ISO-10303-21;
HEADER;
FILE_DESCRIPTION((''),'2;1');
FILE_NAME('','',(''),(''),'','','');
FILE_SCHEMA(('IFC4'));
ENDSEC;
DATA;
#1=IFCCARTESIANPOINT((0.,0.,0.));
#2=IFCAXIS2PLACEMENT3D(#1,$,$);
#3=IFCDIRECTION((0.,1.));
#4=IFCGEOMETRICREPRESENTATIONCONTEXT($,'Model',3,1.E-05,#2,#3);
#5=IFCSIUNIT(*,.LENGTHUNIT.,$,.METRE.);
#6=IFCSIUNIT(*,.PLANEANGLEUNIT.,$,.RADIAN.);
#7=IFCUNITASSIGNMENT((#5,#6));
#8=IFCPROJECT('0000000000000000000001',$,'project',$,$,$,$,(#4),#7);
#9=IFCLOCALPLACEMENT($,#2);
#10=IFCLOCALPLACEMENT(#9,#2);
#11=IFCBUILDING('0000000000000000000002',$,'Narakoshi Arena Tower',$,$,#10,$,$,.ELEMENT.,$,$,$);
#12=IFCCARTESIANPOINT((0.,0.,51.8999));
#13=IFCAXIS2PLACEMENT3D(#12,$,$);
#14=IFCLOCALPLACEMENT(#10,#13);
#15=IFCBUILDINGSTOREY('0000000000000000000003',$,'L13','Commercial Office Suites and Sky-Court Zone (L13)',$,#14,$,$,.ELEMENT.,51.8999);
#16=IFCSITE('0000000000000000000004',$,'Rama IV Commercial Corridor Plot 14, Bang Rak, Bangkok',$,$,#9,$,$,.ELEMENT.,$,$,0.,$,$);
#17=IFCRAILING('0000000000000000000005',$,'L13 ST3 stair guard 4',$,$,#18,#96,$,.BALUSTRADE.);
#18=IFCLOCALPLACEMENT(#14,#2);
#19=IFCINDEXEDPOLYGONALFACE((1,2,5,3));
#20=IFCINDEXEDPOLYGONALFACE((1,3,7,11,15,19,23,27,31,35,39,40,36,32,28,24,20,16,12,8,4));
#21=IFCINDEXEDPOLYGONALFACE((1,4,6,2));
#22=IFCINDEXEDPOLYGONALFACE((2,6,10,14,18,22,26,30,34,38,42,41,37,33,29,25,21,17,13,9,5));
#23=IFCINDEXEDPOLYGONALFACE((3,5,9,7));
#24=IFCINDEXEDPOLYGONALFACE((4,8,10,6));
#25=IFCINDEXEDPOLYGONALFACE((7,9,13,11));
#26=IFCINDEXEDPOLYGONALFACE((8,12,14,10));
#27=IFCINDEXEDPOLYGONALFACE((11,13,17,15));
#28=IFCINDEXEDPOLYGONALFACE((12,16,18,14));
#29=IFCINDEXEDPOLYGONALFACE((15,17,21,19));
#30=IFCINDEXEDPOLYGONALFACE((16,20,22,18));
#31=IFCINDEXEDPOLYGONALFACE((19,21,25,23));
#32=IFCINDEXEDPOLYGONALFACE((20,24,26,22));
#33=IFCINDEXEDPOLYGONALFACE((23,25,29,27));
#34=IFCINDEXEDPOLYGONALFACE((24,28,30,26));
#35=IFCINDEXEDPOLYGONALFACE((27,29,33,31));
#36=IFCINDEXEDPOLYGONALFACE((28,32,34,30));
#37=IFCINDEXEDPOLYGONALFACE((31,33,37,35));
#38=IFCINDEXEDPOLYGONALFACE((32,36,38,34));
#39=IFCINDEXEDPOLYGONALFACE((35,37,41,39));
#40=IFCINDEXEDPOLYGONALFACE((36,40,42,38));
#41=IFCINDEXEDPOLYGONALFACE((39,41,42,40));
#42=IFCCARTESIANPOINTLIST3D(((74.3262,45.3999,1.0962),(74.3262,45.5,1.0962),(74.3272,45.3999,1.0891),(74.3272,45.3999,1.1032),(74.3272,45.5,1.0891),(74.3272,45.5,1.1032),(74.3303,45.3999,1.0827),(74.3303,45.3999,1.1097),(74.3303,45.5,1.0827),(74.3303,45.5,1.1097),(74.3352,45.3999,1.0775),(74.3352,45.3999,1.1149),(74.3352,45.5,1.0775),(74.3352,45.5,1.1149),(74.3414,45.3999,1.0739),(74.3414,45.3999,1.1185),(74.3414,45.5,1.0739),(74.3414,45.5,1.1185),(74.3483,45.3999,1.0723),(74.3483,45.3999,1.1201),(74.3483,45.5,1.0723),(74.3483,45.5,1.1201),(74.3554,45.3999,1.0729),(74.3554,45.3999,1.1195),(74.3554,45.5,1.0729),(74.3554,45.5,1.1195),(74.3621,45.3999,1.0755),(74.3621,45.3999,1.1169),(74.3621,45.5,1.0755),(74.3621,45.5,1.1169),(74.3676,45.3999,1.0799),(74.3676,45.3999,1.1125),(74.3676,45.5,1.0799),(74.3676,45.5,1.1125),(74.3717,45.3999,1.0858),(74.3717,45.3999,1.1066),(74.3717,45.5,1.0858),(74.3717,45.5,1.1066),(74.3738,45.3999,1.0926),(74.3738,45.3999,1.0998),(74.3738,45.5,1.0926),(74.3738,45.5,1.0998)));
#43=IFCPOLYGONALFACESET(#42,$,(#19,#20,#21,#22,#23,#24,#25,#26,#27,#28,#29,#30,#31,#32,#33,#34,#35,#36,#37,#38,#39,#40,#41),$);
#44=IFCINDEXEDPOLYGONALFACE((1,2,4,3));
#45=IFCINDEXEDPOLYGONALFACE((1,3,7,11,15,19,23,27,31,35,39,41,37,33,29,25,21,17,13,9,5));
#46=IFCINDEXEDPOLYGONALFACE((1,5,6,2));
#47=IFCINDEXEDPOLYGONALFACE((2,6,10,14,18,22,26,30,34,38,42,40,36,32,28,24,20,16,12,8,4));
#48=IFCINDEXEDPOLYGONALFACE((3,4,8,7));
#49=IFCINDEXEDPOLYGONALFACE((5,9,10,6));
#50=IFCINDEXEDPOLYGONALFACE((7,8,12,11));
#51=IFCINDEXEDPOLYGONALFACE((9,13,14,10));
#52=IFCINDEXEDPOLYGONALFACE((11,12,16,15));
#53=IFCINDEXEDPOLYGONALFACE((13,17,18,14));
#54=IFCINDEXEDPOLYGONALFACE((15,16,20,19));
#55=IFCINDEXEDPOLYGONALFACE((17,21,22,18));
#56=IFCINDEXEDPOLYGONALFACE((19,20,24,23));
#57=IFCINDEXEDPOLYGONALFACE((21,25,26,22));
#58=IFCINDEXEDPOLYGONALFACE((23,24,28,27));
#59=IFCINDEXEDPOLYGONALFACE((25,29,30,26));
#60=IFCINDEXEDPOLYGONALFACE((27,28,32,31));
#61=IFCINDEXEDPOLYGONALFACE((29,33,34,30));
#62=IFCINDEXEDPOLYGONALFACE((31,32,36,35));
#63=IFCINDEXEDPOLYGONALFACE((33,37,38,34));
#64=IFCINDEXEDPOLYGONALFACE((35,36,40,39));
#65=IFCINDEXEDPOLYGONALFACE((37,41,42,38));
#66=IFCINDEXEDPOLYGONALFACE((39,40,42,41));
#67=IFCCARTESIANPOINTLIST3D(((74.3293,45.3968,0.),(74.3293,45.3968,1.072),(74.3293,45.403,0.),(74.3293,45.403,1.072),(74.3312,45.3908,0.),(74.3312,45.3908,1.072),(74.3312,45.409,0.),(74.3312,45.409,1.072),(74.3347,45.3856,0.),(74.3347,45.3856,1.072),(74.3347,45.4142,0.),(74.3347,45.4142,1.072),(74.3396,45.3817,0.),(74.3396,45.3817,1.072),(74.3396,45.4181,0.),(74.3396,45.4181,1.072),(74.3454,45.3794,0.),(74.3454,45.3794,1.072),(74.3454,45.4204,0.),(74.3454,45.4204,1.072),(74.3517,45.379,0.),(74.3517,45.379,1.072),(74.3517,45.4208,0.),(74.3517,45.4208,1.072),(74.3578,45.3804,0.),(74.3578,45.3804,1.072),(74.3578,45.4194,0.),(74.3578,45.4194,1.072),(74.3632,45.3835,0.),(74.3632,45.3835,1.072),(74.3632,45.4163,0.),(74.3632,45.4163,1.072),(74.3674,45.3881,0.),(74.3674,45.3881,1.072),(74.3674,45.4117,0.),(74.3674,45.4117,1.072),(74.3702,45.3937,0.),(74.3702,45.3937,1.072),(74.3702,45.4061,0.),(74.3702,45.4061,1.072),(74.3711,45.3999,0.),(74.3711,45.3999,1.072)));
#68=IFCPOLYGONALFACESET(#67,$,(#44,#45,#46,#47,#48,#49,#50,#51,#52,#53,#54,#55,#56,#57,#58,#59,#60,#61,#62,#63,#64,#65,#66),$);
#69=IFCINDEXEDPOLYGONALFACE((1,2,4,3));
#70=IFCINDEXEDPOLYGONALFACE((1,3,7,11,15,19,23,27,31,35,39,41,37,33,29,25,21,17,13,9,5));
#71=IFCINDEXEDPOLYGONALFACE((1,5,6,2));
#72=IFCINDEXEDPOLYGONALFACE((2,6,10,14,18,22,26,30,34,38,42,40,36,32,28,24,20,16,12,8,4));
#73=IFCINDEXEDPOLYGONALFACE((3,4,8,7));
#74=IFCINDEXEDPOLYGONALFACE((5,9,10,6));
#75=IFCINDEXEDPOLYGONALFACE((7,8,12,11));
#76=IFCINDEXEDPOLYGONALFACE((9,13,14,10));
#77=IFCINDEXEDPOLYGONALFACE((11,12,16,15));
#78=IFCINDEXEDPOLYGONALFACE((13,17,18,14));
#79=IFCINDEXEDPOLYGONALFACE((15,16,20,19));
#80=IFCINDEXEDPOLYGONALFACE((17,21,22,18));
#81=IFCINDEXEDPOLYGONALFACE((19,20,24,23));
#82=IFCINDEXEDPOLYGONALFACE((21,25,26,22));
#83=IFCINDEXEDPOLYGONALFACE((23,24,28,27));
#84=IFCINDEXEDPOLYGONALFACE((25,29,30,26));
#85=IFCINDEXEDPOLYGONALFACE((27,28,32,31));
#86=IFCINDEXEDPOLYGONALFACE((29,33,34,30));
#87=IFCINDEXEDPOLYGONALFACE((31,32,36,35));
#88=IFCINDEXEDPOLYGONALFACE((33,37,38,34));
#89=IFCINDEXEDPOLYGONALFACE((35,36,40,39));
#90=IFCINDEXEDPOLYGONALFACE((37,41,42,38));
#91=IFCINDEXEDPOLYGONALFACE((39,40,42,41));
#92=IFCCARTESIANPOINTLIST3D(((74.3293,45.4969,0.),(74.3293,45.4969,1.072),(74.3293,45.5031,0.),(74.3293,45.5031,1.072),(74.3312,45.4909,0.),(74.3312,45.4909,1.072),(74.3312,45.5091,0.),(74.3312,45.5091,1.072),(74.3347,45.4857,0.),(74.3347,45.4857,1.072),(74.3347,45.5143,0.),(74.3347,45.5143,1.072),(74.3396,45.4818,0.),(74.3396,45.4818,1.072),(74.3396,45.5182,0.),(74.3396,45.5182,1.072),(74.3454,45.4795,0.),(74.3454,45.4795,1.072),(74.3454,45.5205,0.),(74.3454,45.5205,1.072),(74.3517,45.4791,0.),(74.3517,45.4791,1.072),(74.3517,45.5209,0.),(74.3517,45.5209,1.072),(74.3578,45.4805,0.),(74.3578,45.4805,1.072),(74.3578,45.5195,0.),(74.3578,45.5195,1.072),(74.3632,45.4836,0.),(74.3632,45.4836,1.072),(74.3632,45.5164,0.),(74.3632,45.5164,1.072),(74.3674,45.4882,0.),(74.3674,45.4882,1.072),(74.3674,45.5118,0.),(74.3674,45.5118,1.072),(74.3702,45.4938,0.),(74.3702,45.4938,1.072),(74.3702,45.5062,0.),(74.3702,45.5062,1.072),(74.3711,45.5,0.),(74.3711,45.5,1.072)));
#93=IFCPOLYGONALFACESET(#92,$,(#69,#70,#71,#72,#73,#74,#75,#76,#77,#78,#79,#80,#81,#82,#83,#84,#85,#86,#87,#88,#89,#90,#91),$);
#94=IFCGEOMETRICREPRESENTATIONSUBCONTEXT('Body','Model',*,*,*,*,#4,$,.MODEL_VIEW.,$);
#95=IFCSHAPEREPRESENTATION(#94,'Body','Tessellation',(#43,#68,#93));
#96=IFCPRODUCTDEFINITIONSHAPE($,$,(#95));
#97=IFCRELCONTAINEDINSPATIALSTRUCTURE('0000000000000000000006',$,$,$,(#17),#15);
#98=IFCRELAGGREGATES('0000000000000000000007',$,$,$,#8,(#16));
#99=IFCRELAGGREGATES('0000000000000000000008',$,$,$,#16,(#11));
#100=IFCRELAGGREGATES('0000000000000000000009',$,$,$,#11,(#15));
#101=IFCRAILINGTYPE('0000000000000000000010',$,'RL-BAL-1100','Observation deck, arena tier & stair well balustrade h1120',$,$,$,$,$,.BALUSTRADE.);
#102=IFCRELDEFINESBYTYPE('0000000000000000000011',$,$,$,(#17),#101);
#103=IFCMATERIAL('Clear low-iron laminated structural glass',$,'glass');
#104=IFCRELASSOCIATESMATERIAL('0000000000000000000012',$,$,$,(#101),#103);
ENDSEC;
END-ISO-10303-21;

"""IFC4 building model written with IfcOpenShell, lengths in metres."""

from ifc_helpers import new_model, si_unit, direction, frame, origin, origin_2d, place, context, subcontext, project, spatial, circle, extrude, material, type_object, element, save


model = new_model("IFC4")

# Units and contexts
model_context = context("Model", 3, precision=1e-05, world=origin(), true_north=direction((0.0, 1.0)))
body_context = subcontext(model_context, "Body", "Model", "MODEL_VIEW")
ifc_project = project(units=[si_unit("LENGTHUNIT", "METRE"), si_unit("PLANEANGLEUNIT", "RADIAN")], contexts=[model_context])

# Site, building, storey
site_placement = place(None, origin())
site = spatial("IfcSite", under=ifc_project, at=site_placement, Name="Rama IV Commercial Corridor Plot 14, Bang Rak, Bangkok", CompositionType="ELEMENT", RefElevation=0.0)
building_placement = place(site_placement, origin())
building = spatial("IfcBuilding", under=site, at=building_placement, Name="Narakoshi Arena Tower", CompositionType="ELEMENT")
storey_placement = place(building_placement, frame((0.0, 0.0, 51.8999)))
storey = spatial("IfcBuildingStorey", under=building, at=storey_placement, Name="L13", Description="Commercial Office Suites and Sky-Court Zone (L13)", CompositionType="ELEMENT", Elevation=51.8999)

# Railing
ifc_material_1 = material(Name="Clear low-iron laminated structural glass", Category="glass")
railing_type_1 = type_object("IfcRailingType", Name="RL-BAL-1100", Description="Observation deck, arena tier & stair well balustrade h1120", PredefinedType="BALUSTRADE", material=ifc_material_1)
railing_1_placement = place(storey_placement, frame((74.3501, 45.3999, 0.0)))
element("IfcRailing", 1, at=railing_1_placement, inside=storey, type_object=railing_type_1, Name="L13 ST3 stair guard 4", PredefinedType="BALUSTRADE", context=body_context, shape_type="SweptSolid", body=[
    extrude(circle(Radius=0.0239, at=origin_2d()), frame((0.0, 0.0, 1.0962), z_axis=(0.0, 1.0, 0.0), x_axis=(-1.0, 0.0, 0.0)), (0.0, 0.0, 1.0), 0.1001),
    extrude(circle(Radius=0.021, at=origin_2d()), origin(), (0.0, 0.0, 1.0), 1.072),
    extrude(circle(Radius=0.021, at=origin_2d()), frame((0.0, 0.1001, 0.0)), (0.0, 0.0, 1.0), 1.072),
])

save(model, "model.ifc")
